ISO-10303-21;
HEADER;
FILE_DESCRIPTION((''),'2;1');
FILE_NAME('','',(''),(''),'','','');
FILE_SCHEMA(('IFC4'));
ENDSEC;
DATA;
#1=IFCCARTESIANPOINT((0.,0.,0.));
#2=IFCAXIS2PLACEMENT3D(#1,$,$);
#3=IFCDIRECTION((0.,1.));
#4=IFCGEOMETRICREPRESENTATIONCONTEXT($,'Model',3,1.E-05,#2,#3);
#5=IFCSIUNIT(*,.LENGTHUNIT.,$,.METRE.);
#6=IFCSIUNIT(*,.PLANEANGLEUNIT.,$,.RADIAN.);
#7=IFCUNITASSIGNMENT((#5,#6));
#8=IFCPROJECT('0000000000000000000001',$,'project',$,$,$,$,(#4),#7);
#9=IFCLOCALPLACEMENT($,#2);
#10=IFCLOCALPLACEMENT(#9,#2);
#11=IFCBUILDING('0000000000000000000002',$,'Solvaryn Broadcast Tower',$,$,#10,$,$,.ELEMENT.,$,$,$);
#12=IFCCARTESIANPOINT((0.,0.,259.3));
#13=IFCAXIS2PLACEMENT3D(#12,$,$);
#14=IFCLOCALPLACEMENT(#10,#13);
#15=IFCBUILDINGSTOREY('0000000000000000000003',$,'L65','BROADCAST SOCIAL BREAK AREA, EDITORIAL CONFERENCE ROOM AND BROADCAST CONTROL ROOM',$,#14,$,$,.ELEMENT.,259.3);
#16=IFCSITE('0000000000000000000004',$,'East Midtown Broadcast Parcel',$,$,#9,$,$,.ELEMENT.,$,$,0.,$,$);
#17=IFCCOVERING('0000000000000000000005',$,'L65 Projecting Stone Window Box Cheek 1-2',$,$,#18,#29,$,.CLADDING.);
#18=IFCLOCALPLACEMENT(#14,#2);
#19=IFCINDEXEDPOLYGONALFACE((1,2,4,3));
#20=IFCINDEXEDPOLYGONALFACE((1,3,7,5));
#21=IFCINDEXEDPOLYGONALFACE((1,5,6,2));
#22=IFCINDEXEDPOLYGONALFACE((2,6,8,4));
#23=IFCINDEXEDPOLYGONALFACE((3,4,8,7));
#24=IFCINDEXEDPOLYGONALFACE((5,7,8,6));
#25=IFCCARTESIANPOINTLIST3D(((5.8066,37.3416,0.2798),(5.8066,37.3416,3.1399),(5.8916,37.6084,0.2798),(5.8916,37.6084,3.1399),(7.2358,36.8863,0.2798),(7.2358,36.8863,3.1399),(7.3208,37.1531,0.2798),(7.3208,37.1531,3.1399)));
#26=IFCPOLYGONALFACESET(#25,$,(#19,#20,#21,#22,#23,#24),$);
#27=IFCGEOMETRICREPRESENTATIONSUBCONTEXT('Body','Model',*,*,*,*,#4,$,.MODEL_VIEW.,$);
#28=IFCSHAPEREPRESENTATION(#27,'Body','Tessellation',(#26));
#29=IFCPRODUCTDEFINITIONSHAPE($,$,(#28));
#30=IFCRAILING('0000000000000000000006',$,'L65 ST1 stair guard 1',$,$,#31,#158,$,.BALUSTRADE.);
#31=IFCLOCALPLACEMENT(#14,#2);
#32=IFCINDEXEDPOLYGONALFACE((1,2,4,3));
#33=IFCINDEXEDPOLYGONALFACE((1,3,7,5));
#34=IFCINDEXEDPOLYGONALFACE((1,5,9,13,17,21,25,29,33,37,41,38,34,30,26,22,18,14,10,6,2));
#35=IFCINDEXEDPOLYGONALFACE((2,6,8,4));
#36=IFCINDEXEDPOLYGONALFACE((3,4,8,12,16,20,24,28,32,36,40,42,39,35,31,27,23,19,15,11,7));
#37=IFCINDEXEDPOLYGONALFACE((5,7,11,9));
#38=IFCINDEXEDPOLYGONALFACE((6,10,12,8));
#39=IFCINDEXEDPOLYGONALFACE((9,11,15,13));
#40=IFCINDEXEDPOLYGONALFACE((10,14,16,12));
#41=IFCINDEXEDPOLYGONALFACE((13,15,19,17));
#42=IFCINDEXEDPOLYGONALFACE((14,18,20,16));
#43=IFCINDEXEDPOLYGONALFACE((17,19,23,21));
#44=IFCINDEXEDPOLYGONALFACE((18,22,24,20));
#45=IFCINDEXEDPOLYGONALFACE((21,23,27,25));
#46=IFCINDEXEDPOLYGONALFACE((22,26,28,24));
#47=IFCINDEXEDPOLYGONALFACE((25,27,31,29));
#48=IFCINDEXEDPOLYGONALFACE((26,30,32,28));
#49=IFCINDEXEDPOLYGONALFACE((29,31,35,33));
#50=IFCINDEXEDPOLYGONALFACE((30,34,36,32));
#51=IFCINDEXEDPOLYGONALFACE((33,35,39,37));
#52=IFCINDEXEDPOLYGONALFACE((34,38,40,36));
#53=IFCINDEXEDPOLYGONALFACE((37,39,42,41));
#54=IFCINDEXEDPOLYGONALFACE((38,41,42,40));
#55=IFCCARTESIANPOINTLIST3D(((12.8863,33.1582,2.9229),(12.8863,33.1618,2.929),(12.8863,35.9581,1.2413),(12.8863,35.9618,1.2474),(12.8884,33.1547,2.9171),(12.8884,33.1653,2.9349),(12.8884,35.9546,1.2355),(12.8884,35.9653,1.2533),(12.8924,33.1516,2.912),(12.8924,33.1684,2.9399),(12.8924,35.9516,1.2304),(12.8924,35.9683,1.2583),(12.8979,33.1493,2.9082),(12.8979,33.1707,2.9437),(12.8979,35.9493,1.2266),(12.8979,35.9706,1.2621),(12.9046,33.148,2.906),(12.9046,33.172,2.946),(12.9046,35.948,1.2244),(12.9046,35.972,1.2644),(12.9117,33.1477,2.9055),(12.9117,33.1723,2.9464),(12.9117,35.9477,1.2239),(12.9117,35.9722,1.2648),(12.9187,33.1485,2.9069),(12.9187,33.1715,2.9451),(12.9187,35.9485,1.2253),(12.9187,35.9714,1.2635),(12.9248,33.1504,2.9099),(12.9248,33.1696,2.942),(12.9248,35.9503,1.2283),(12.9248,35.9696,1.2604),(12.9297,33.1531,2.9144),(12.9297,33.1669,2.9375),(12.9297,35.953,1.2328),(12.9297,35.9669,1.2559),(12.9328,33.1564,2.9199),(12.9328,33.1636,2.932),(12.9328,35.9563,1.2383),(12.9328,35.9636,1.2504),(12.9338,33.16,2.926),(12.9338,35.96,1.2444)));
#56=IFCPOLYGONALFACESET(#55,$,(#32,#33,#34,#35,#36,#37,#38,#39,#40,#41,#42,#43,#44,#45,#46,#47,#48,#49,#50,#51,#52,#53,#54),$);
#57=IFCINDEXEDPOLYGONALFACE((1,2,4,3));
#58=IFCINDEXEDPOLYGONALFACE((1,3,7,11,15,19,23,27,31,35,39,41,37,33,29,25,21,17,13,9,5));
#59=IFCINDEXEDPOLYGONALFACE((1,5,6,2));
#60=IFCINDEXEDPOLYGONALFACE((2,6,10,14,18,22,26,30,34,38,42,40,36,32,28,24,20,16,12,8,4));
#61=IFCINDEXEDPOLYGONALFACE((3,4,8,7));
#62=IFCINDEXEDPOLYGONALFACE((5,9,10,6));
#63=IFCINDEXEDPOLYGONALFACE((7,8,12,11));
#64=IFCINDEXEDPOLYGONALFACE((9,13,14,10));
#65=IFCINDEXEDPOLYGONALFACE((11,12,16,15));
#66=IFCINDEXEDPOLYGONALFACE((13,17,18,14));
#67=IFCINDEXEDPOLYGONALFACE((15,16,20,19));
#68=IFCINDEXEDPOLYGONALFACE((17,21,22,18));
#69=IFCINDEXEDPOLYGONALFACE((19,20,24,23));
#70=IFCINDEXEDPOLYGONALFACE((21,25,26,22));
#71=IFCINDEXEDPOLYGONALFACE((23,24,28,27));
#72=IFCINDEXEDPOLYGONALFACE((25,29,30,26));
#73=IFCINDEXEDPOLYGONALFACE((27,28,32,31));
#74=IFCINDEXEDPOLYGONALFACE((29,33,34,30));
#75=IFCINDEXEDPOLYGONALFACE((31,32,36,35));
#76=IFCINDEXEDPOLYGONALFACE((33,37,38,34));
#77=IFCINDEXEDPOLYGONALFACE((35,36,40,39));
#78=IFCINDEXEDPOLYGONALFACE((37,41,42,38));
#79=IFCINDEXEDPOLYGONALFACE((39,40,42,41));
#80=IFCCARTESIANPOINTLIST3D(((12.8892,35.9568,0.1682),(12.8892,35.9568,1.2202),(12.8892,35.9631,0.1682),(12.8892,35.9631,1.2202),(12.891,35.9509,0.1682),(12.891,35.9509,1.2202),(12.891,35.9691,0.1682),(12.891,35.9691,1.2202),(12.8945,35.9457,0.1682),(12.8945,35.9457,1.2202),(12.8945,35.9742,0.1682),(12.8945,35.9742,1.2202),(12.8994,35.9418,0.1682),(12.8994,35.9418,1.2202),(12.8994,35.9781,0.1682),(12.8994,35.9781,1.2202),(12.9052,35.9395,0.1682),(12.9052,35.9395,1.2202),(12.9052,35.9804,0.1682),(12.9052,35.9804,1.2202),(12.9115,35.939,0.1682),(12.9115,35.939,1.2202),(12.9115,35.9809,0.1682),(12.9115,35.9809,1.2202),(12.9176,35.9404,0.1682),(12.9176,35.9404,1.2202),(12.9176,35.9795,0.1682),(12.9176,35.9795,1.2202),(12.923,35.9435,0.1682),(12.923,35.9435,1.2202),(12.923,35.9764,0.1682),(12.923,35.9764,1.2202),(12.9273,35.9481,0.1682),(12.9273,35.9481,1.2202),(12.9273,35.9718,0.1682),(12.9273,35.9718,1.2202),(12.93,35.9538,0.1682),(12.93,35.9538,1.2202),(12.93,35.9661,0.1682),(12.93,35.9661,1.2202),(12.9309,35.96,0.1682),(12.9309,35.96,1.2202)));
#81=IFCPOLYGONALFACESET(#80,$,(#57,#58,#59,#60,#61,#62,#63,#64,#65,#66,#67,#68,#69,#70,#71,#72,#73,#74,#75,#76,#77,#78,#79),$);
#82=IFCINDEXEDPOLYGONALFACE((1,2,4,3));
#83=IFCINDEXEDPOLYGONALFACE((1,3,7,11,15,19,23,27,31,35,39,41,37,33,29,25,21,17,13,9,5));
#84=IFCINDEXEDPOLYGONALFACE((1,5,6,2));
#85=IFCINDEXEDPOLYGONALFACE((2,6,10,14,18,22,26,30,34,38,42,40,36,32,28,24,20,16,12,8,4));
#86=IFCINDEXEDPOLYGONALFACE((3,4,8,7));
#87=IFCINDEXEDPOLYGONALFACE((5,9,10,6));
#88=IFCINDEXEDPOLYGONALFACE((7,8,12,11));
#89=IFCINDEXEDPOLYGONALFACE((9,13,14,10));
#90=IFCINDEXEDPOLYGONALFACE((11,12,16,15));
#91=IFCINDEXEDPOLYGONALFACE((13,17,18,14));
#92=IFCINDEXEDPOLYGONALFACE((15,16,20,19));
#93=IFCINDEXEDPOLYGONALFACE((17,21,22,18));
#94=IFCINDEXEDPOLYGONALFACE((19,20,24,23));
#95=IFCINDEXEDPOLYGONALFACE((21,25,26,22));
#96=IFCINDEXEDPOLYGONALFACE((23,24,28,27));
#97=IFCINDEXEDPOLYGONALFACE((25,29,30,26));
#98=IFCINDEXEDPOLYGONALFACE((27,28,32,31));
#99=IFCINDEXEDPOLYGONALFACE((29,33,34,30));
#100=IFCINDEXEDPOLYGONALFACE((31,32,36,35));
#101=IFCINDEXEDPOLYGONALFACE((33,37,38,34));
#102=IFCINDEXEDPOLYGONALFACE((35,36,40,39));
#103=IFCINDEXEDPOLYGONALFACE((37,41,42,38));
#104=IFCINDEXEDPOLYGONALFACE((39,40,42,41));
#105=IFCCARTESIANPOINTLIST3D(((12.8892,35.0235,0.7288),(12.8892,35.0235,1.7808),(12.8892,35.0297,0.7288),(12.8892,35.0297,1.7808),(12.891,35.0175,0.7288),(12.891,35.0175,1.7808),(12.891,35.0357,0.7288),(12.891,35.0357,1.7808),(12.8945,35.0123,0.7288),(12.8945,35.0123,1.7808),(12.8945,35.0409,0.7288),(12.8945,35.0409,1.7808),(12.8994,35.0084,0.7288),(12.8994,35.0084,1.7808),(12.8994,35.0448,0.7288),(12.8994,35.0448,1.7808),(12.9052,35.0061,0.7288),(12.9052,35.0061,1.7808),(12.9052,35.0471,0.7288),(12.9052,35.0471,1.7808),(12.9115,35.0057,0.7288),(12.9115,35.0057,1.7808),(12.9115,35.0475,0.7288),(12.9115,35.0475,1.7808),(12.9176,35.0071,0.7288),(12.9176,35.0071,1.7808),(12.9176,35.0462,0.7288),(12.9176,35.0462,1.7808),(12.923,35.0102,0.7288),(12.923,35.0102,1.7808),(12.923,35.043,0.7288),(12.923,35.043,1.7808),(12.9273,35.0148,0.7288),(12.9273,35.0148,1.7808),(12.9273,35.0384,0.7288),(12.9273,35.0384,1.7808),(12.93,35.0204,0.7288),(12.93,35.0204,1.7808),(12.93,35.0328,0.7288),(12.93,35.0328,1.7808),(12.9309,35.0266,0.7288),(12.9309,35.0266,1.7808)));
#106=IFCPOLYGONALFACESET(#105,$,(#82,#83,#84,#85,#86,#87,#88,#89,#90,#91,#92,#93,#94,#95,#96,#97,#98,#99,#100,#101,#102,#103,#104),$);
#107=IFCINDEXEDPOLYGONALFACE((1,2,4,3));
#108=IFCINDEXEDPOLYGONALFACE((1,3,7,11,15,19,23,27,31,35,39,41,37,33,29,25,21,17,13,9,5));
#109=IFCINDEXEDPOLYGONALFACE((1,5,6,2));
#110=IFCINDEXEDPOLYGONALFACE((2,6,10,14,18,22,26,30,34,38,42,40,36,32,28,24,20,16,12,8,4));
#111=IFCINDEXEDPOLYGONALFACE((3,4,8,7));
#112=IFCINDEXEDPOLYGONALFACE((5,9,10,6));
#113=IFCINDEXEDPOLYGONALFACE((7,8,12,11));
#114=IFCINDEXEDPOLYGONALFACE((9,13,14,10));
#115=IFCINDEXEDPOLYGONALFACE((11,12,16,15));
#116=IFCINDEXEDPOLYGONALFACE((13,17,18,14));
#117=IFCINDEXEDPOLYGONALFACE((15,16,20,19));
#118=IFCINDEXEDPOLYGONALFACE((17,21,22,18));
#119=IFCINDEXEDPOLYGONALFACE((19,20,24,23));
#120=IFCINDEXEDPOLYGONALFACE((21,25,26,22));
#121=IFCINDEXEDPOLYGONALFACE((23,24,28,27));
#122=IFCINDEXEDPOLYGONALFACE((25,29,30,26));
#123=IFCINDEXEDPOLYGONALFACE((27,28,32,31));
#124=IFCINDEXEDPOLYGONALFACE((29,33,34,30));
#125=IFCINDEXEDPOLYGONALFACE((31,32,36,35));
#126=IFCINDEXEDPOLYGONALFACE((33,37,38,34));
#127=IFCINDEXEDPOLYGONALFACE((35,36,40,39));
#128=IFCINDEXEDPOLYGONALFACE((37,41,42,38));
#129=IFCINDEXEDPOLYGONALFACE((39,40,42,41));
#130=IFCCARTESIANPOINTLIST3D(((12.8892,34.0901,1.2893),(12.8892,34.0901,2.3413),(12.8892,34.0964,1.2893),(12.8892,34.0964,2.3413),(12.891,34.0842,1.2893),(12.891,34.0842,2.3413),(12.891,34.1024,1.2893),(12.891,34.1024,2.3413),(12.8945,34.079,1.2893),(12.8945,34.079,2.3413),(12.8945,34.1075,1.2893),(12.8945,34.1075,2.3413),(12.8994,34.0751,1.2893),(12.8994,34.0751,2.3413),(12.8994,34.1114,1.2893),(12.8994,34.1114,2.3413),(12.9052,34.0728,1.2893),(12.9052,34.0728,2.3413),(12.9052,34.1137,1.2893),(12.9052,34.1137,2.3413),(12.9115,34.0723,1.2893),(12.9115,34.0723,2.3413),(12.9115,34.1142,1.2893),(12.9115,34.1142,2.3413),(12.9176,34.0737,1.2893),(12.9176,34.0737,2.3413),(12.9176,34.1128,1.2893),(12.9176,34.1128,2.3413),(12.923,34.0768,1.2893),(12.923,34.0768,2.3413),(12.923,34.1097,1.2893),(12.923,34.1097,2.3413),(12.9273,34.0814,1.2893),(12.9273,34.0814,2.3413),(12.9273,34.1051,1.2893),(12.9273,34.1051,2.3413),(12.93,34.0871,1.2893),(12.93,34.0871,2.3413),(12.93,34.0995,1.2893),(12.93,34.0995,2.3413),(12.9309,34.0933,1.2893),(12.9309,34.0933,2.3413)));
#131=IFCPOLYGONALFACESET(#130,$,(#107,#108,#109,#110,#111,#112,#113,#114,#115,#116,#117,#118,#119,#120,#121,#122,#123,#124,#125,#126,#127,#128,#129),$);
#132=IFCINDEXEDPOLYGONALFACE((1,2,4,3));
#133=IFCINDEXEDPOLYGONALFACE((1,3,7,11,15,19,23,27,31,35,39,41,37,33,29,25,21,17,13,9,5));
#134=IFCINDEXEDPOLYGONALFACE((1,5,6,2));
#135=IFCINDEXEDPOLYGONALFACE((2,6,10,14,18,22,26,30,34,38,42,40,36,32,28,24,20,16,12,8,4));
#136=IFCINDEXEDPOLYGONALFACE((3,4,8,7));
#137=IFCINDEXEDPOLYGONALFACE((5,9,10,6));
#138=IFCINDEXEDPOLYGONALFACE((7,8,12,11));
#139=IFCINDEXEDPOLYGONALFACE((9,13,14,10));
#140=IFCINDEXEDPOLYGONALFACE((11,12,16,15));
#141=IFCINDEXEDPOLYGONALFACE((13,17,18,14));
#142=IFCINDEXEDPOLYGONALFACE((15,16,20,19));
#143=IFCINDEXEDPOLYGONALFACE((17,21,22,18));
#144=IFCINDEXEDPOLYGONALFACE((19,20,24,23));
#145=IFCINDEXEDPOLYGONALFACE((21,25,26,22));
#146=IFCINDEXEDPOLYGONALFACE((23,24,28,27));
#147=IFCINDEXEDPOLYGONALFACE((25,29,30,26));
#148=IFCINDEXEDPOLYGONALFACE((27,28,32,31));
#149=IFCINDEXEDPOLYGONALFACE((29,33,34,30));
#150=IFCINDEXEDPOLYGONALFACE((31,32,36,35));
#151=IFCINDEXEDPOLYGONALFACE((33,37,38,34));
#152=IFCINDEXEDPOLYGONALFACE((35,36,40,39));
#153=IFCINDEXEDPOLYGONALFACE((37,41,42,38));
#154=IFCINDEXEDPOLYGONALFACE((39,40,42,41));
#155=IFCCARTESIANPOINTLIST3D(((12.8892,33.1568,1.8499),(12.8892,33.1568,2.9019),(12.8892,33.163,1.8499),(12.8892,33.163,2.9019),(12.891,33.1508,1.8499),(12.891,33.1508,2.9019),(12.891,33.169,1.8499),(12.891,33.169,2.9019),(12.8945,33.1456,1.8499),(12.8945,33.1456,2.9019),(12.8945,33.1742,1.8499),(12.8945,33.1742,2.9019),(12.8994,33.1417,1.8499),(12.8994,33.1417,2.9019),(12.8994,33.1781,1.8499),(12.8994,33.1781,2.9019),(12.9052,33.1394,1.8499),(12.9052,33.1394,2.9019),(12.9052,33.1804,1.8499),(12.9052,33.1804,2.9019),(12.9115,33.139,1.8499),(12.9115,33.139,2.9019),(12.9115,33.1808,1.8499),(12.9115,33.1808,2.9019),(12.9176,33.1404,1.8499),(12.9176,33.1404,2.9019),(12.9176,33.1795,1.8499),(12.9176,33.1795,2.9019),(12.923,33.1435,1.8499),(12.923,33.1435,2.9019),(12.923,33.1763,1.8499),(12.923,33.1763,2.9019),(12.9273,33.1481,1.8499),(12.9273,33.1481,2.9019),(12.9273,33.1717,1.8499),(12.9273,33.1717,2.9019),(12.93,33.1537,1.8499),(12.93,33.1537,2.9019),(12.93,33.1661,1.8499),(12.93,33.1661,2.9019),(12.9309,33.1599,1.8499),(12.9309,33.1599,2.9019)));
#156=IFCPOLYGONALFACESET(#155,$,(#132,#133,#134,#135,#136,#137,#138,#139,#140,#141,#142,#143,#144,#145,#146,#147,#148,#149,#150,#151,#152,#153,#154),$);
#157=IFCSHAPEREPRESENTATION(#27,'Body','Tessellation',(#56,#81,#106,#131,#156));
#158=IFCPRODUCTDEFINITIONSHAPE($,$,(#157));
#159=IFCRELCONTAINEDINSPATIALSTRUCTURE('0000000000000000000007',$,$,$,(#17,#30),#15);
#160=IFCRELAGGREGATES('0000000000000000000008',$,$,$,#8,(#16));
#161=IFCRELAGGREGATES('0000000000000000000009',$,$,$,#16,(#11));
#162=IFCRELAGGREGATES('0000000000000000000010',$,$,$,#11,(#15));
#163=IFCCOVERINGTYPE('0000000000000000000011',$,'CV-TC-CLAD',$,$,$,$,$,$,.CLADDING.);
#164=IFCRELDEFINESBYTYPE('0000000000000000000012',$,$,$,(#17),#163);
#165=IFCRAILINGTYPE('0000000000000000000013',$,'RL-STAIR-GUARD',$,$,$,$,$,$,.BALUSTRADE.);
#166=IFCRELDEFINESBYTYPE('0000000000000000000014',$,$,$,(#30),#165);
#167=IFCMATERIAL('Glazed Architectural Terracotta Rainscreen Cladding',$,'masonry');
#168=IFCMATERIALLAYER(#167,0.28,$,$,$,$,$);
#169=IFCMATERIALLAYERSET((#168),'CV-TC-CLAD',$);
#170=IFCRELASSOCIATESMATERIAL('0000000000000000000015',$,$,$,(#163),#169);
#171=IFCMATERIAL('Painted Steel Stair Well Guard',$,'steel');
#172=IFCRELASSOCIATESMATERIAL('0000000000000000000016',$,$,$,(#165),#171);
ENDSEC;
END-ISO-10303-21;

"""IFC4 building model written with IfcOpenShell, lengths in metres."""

from ifc_helpers import new_model, si_unit, direction, frame, origin, origin_2d, place, context, subcontext, project, spatial, rectangle, circle, extrude, material, layer, layer_set, type_object, element, save


model = new_model("IFC4")

# Units and contexts
model_context = context("Model", 3, precision=1e-05, world=origin(), true_north=direction((0.0, 1.0)))
body_context = subcontext(model_context, "Body", "Model", "MODEL_VIEW")
ifc_project = project(units=[si_unit("LENGTHUNIT", "METRE"), si_unit("PLANEANGLEUNIT", "RADIAN")], contexts=[model_context])

# Site, building, storey
site_placement = place(None, origin())
site = spatial("IfcSite", under=ifc_project, at=site_placement, Name="East Midtown Broadcast Parcel", CompositionType="ELEMENT", RefElevation=0.0)
building_placement = place(site_placement, origin())
building = spatial("IfcBuilding", under=site, at=building_placement, Name="Solvaryn Broadcast Tower", CompositionType="ELEMENT")
storey_placement = place(building_placement, frame((0.0, 0.0, 259.3)))
storey = spatial("IfcBuildingStorey", under=building, at=storey_placement, Name="L65", Description="BROADCAST SOCIAL BREAK AREA, EDITORIAL CONFERENCE ROOM AND BROADCAST CONTROL ROOM", CompositionType="ELEMENT", Elevation=259.3)

# Covering
ifc_material_1 = material(Name="Glazed Architectural Terracotta Rainscreen Cladding", Category="masonry")
ifc_layer_1 = layer(ifc_material_1, 0.28)
ifc_layer_set_1 = layer_set([ifc_layer_1], Name="CV-TC-CLAD")
covering_type = type_object("IfcCoveringType", Name="CV-TC-CLAD", PredefinedType="CLADDING", material=ifc_layer_set_1)
covering_placement = place(storey_placement, frame((6.5637, 37.2473, 0.2798), z_axis=(0.0, 0.0, 1.0), x_axis=(-0.303534, -0.952821, 0.0)))
element("IfcCovering", 1, at=covering_placement, inside=storey, type_object=covering_type, Name="L65 Projecting Stone Window Box Cheek 1-2", PredefinedType="CLADDING", context=body_context, shape_type="SweptSolid", body=[
    extrude(rectangle(XDim=0.28, YDim=1.5, at=origin_2d()), origin(), (0.0, 0.0, 1.0), 2.8601),
])

# Railing
ifc_material_2 = material(Name="Painted Steel Stair Well Guard", Category="steel")
railing_type_1 = type_object("IfcRailingType", Name="RL-STAIR-GUARD", PredefinedType="BALUSTRADE", material=ifc_material_2)
railing_1_placement = place(storey_placement, frame((12.9099, 35.96, 0.1682)))
element("IfcRailing", 2, at=railing_1_placement, inside=storey, type_object=railing_type_1, Name="L65 ST1 stair guard 1", PredefinedType="BALUSTRADE", context=body_context, shape_type="SweptSolid", body=[
    extrude(circle(Radius=0.0239, at=origin_2d()), frame((0.0, 0.0, 1.0762), z_axis=(0.0, -0.857275, 0.514858), x_axis=(1.0, 0.0, 0.0)), (0.0, 0.0, 1.0), 3.2661),
    extrude(circle(Radius=0.021, at=origin_2d()), origin(), (0.0, 0.0, 1.0), 1.052),
    extrude(circle(Radius=0.021, at=origin_2d()), frame((0.0, -0.9333, 0.5605)), (0.0, 0.0, 1.0), 1.052),
    extrude(circle(Radius=0.021, at=origin_2d()), frame((0.0, -1.8667, 1.1211)), (0.0, 0.0, 1.0), 1.052),
    extrude(circle(Radius=0.021, at=origin_2d()), frame((0.0, -2.8, 1.6816)), (0.0, 0.0, 1.0), 1.052),
])

save(model, "model.ifc")
